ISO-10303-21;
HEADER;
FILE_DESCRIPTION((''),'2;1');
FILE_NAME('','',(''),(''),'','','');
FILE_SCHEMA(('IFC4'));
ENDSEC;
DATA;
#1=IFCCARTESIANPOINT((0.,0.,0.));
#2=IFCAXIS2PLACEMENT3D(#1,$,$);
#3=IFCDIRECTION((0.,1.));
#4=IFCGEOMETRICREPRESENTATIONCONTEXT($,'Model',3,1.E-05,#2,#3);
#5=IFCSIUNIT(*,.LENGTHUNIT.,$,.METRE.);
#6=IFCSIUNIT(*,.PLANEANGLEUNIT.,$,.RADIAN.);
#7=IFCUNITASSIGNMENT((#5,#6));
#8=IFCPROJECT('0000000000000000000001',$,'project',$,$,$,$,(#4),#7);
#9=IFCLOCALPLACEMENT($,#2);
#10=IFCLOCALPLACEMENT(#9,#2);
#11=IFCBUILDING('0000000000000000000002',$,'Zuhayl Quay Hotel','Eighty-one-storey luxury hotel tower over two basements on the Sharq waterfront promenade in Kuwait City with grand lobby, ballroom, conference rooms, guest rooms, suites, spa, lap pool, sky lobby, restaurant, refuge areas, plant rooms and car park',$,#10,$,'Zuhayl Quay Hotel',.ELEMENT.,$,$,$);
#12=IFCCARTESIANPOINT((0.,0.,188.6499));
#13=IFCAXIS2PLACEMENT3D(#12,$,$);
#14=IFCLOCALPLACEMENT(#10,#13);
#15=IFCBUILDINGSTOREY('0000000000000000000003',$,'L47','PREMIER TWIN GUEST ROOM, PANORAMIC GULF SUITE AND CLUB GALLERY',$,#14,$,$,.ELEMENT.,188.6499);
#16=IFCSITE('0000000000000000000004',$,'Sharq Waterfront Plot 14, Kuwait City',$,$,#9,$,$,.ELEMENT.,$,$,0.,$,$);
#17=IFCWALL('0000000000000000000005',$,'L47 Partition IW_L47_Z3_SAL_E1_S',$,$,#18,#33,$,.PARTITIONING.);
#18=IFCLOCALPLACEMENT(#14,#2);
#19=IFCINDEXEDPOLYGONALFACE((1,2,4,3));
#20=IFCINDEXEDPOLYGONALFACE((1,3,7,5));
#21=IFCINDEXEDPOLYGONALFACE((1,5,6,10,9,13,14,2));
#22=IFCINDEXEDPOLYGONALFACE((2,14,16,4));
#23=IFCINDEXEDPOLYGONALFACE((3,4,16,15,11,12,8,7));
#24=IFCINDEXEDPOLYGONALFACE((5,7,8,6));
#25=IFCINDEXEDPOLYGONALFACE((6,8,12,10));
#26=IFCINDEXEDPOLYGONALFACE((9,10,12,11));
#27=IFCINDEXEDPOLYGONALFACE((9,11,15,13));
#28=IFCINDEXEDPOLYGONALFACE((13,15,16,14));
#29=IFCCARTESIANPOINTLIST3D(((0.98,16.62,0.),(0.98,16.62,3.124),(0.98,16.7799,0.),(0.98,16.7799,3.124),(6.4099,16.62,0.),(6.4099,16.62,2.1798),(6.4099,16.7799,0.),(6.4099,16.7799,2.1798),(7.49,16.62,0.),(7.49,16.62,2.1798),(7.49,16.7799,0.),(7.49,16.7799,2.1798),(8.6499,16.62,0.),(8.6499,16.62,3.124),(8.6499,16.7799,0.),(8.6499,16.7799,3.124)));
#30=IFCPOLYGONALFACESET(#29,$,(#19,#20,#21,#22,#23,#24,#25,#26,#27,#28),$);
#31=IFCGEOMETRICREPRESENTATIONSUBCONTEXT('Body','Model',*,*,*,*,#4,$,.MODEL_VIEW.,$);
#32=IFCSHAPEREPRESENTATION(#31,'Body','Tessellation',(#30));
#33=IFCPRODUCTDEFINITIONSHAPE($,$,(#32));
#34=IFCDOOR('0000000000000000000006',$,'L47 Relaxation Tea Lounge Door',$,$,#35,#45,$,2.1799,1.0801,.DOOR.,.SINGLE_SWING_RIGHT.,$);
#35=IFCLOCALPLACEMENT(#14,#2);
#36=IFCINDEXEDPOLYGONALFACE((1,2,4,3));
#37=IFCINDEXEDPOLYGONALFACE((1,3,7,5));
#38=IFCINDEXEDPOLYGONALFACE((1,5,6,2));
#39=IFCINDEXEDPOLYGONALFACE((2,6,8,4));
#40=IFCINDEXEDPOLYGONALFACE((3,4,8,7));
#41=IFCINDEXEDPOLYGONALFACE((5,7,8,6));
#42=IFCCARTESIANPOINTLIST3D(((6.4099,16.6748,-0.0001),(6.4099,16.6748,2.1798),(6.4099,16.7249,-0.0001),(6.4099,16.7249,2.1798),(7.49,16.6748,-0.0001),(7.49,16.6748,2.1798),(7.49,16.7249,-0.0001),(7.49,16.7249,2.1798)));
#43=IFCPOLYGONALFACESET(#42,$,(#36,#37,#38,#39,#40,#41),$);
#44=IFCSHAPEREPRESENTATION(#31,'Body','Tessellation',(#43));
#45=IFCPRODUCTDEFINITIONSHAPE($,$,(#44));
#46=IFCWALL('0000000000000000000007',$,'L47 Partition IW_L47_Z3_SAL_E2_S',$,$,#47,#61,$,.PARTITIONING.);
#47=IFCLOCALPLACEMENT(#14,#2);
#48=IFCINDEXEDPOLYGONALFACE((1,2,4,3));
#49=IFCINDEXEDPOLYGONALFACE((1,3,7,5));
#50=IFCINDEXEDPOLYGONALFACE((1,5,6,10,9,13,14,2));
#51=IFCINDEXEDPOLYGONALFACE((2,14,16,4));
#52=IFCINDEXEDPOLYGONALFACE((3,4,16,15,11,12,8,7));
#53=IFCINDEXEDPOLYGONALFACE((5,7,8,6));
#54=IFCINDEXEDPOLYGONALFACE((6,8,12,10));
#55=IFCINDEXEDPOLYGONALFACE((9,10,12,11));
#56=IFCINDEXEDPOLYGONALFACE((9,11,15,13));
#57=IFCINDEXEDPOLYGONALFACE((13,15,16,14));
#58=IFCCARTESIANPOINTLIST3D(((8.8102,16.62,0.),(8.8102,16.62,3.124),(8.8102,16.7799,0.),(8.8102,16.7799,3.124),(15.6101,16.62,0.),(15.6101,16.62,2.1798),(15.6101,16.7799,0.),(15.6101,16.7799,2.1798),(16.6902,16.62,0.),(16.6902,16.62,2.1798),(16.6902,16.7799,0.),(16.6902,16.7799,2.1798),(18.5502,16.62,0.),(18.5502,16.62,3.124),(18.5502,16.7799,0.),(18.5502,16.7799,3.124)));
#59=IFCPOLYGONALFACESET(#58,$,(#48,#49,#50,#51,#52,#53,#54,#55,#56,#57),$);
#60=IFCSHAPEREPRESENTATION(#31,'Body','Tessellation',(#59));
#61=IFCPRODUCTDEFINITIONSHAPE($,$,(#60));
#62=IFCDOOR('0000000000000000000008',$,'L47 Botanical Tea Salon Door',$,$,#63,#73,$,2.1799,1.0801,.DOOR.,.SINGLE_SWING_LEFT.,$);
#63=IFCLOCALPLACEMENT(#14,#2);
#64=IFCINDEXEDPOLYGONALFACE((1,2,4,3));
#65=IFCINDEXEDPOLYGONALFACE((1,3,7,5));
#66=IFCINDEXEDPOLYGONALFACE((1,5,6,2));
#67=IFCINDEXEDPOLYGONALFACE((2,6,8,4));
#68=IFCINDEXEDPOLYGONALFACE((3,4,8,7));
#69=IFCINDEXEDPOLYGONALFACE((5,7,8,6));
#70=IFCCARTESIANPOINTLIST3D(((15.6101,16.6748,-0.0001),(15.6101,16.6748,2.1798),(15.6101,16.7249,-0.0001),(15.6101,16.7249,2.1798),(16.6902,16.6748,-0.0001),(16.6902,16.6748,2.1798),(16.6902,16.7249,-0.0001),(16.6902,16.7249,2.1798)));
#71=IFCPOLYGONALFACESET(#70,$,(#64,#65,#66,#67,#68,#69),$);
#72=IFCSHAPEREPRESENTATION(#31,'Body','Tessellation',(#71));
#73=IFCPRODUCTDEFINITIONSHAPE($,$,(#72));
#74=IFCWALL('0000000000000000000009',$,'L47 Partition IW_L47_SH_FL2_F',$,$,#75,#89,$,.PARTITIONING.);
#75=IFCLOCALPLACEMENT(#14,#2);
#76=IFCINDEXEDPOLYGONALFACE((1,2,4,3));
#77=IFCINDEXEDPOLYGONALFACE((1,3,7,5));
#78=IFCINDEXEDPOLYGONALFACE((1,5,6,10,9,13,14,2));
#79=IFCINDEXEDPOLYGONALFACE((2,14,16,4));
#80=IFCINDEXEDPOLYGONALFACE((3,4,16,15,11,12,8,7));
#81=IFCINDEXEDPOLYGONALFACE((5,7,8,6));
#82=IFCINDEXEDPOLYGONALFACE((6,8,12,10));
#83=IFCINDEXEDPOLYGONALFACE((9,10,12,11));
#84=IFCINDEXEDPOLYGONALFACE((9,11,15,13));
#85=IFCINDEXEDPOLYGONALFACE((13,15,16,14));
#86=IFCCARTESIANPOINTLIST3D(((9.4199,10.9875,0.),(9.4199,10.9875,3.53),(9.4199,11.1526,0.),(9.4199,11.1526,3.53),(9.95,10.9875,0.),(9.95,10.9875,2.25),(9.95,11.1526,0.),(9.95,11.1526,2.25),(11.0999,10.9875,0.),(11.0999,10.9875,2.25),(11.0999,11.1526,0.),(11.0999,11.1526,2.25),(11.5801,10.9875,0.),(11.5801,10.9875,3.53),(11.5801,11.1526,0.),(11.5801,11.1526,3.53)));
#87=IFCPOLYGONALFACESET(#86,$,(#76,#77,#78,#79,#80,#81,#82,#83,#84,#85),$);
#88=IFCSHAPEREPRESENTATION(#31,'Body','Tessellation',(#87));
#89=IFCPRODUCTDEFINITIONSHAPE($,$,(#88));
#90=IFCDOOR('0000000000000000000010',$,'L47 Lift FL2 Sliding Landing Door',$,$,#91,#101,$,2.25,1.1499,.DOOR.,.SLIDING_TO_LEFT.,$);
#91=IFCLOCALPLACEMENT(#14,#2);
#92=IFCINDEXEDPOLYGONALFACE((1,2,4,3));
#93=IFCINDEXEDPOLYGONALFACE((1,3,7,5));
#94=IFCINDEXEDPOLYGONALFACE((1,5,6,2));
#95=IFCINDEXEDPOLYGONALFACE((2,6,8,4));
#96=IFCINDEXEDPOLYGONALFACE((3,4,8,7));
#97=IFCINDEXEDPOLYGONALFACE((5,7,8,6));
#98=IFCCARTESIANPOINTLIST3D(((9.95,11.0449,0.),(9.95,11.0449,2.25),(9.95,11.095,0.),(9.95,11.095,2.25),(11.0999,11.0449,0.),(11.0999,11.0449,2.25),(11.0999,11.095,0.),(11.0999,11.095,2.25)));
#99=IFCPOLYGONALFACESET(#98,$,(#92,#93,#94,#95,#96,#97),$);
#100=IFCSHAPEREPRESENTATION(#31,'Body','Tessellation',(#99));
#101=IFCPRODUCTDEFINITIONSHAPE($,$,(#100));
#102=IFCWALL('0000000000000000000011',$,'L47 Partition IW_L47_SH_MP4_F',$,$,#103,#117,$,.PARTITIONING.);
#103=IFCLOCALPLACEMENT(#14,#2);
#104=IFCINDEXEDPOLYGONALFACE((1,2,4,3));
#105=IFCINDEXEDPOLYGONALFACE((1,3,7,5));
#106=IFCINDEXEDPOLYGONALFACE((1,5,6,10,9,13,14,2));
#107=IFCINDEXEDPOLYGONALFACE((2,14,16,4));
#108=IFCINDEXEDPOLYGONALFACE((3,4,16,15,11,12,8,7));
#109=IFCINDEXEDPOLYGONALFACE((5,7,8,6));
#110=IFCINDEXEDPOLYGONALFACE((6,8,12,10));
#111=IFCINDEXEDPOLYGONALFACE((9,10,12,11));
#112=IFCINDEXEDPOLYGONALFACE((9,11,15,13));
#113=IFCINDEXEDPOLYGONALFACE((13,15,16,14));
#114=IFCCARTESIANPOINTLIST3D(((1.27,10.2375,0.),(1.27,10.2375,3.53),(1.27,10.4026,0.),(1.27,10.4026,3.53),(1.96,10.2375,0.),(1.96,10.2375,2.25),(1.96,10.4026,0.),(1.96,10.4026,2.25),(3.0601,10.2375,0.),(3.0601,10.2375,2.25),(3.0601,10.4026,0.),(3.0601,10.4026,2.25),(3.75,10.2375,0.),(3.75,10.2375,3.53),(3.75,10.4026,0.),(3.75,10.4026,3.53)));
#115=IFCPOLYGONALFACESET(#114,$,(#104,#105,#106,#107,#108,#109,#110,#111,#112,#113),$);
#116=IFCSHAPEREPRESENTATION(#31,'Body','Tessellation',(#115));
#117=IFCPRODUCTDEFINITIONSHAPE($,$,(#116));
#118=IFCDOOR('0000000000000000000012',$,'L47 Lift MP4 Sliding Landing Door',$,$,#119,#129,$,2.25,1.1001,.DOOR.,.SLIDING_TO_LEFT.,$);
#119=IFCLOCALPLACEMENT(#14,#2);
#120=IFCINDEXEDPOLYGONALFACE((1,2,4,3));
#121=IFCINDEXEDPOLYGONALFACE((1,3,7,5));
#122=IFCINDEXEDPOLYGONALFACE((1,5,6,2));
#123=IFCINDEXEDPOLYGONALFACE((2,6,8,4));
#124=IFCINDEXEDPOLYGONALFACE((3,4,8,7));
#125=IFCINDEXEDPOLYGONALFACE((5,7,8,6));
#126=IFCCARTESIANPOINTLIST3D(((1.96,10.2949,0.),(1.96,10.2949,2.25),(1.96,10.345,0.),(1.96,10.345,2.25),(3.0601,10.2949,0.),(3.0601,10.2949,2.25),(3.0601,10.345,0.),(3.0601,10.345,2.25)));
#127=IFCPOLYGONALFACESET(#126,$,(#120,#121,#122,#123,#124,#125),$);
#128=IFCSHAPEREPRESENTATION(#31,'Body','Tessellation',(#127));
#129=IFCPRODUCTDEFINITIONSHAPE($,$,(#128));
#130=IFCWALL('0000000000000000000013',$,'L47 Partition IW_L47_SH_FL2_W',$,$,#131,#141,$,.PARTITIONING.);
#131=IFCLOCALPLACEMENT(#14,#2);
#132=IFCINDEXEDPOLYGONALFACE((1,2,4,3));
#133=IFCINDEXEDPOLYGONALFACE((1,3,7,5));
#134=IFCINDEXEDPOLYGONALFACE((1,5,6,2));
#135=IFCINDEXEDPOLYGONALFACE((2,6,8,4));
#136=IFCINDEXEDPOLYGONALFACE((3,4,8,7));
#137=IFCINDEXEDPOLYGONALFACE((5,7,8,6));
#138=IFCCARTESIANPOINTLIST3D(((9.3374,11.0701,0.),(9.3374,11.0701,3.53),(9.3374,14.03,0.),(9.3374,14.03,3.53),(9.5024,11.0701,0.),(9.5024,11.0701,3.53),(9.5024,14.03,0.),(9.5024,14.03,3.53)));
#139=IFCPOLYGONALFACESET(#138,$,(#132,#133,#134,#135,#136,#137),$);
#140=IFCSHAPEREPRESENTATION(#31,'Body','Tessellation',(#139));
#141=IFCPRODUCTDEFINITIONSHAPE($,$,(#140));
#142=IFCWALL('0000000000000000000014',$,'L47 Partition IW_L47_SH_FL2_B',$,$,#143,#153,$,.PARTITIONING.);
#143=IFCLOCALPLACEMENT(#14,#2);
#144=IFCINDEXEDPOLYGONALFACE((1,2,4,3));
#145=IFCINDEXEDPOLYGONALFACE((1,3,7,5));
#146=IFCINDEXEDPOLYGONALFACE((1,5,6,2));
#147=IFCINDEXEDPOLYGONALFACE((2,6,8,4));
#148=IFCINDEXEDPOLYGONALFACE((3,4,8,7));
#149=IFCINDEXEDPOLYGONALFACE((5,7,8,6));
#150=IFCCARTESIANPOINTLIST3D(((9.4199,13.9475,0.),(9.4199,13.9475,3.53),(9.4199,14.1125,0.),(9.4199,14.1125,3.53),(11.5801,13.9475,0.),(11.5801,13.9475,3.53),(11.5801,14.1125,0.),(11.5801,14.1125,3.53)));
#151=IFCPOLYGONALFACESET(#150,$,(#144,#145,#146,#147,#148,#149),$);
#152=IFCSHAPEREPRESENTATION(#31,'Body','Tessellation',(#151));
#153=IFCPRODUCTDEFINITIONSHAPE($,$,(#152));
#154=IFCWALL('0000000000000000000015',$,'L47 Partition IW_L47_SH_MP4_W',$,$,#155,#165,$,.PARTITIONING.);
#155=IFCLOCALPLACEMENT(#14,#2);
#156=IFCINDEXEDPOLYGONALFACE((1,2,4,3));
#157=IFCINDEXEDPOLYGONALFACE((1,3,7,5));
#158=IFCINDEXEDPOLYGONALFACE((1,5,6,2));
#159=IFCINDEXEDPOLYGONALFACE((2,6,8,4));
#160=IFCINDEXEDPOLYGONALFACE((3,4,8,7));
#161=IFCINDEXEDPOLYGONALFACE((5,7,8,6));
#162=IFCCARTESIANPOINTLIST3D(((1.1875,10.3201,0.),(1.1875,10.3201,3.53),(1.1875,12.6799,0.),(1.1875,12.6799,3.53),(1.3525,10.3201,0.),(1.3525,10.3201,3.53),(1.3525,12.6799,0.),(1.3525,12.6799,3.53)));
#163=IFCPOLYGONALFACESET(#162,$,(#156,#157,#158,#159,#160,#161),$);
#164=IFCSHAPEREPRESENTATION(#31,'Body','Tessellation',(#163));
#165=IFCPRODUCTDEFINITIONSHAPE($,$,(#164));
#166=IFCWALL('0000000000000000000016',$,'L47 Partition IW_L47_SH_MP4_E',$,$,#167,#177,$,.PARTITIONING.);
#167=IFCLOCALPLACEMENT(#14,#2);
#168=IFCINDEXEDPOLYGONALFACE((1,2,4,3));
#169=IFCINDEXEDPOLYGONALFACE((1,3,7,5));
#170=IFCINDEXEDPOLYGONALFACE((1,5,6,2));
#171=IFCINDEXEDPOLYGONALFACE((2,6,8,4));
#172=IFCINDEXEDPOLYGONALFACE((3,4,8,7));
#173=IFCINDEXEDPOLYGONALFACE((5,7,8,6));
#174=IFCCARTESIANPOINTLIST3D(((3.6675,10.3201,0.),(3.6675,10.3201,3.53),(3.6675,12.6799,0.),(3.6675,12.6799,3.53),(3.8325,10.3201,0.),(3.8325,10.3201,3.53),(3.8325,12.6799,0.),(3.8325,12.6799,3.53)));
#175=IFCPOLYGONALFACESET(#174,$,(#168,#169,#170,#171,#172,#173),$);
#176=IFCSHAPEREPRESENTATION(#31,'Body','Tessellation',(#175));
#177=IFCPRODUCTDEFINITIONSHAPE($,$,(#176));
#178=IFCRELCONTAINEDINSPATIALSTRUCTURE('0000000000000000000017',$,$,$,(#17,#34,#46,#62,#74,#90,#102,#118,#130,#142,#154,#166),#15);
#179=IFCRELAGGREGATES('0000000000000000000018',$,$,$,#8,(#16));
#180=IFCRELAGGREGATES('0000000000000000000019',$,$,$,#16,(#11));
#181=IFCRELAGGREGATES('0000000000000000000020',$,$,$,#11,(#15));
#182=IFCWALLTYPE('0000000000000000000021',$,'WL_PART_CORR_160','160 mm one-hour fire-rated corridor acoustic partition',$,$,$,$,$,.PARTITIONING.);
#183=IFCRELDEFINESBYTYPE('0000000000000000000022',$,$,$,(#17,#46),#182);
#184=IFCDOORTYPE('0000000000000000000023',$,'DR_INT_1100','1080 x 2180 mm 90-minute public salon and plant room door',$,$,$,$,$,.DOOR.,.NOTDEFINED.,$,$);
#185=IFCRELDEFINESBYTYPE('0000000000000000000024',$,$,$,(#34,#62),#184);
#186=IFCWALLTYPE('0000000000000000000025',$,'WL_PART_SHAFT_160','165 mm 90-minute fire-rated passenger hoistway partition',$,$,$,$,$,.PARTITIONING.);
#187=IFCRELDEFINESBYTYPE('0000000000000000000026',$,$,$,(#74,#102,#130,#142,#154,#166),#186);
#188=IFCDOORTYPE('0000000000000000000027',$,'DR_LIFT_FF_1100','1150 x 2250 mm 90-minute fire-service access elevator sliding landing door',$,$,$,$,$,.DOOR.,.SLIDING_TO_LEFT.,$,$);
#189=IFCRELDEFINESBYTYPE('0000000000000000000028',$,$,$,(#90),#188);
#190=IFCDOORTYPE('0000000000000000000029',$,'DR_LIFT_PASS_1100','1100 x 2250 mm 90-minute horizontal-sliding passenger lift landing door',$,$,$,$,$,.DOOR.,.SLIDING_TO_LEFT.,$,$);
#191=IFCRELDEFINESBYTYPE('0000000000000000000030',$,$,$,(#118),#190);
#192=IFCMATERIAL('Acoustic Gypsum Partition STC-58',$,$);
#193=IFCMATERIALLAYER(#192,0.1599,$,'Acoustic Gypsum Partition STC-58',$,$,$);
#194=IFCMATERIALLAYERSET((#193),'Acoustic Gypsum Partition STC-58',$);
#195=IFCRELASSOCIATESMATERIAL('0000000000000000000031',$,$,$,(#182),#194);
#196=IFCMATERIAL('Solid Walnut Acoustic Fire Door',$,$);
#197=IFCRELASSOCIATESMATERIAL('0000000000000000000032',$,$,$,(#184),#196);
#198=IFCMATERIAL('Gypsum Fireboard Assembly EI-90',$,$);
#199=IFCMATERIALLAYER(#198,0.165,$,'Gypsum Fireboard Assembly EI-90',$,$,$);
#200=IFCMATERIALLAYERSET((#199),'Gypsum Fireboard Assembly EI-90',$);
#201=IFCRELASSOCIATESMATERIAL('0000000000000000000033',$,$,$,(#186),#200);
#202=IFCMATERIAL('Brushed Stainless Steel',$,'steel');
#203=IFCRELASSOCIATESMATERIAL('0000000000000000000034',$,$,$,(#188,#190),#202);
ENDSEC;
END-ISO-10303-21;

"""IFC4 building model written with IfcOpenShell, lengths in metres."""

from ifc_helpers import new_model, si_unit, direction, frame, frame_2d, origin, place, context, subcontext, project, spatial, rectangle, extrude, material, layer, layer_set, type_object, element, fill, save


model = new_model("IFC4")

# Units and contexts
model_context = context("Model", 3, precision=1e-05, world=origin(), true_north=direction((0.0, 1.0)))
body_context = subcontext(model_context, "Body", "Model", "MODEL_VIEW")
ifc_project = project(units=[si_unit("LENGTHUNIT", "METRE"), si_unit("PLANEANGLEUNIT", "RADIAN")], contexts=[model_context])

# Site, building, storey
site_placement = place(None, origin())
site = spatial("IfcSite", under=ifc_project, at=site_placement, Name="Sharq Waterfront Plot 14, Kuwait City", CompositionType="ELEMENT", RefElevation=0.0)
building_placement = place(site_placement, origin())
building = spatial("IfcBuilding", under=site, at=building_placement, Name="Zuhayl Quay Hotel", Description="Eighty-one-storey luxury hotel tower over two basements on the Sharq waterfront promenade in Kuwait City with grand lobby, ballroom, conference rooms, guest rooms, suites, spa, lap pool, sky lobby, restaurant, refuge areas, plant rooms and car park", LongName="Zuhayl Quay Hotel", CompositionType="ELEMENT")
storey_placement = place(building_placement, frame((0.0, 0.0, 188.6499)))
storey = spatial("IfcBuildingStorey", under=building, at=storey_placement, Name="L47", Description="PREMIER TWIN GUEST ROOM, PANORAMIC GULF SUITE AND CLUB GALLERY", CompositionType="ELEMENT", Elevation=188.6499)

# Shared definitions
ifc_material_1 = material(Name="Acoustic Gypsum Partition STC-58")

# Walls, openings, doors
ifc_layer_1 = layer(ifc_material_1, 0.1599, Name="Acoustic Gypsum Partition STC-58")
ifc_layer_set_1 = layer_set([ifc_layer_1], Name="Acoustic Gypsum Partition STC-58")
wall_type_1 = type_object("IfcWallType", Name="WL_PART_CORR_160", Description="160 mm one-hour fire-rated corridor acoustic partition", PredefinedType="PARTITIONING", material=ifc_layer_set_1)
wall_1_placement = place(storey_placement, frame((0.98, 16.7, 0.0), z_axis=(0.0, 0.0, 1.0), x_axis=(1.0, 0.0, 0.0)))
wall_1 = element("IfcWall", 1, at=wall_1_placement, inside=storey, type_object=wall_type_1, Name="L47 Partition IW_L47_Z3_SAL_E1_S", PredefinedType="PARTITIONING", context=body_context, shape_type="SweptSolid", body=[
    extrude(rectangle(XDim=7.6699, YDim=0.1599, at=frame_2d((3.835, 0.0))), origin(), (0.0, 0.0, 1.0), 3.124),
])
opening_1_placement = place(wall_1_placement, frame((5.4299, 0.0, 0.0)))
opening_1 = element("IfcOpeningElement", 2, at=opening_1_placement, cuts=wall_1, PredefinedType="OPENING", context=body_context, shape_type="SweptSolid", body=[
    extrude(rectangle(XDim=1.0801, YDim=2.1799, at=frame_2d((0.54, 1.0898))), frame((0.0, 0.0898, 0.0), z_axis=(0.0, -1.0, 0.0), x_axis=(1.0, 0.0, 0.0)), (0.0, 0.0, 1.0), 0.1799),
])
ifc_material_2 = material(Name="Solid Walnut Acoustic Fire Door")
door_type_1 = type_object("IfcDoorType", Name="DR_INT_1100", Description="1080 x 2180 mm 90-minute public salon and plant room door", OperationType="NOTDEFINED", PredefinedType="DOOR", material=ifc_material_2)
door_1_placement = place(opening_1_placement, origin())
door_1 = element("IfcDoor", 3, at=door_1_placement, inside=storey, type_object=door_type_1, Name="L47 Relaxation Tea Lounge Door", OperationType="SINGLE_SWING_RIGHT", OverallHeight=2.1799, OverallWidth=1.0801, PredefinedType="DOOR", context=body_context, shape_type="SweptSolid", body=[
    extrude(rectangle(XDim=1.0801, YDim=2.1799, at=frame_2d((0.54, 1.0898))), frame((0.0, 0.0249, 0.0), z_axis=(0.0, -1.0, 0.0), x_axis=(1.0, 0.0, 0.0)), (0.0, 0.0, 1.0), 0.05),
])
fill(opening_1, door_1)
wall_2_placement = place(storey_placement, frame((8.8101, 16.7, 0.0), z_axis=(0.0, 0.0, 1.0), x_axis=(1.0, 0.0, 0.0)))
wall_2 = element("IfcWall", 4, at=wall_2_placement, inside=storey, type_object=wall_type_1, Name="L47 Partition IW_L47_Z3_SAL_E2_S", PredefinedType="PARTITIONING", context=body_context, shape_type="SweptSolid", body=[
    extrude(rectangle(XDim=9.74, YDim=0.1599, at=frame_2d((4.8701, 0.0))), origin(), (0.0, 0.0, 1.0), 3.124),
])
opening_2_placement = place(wall_2_placement, frame((6.8, 0.0, 0.0)))
opening_2 = element("IfcOpeningElement", 5, at=opening_2_placement, cuts=wall_2, PredefinedType="OPENING", context=body_context, shape_type="SweptSolid", body=[
    extrude(rectangle(XDim=1.0801, YDim=2.1799, at=frame_2d((0.54, 1.0898))), frame((0.0, 0.0898, 0.0), z_axis=(0.0, -1.0, 0.0), x_axis=(1.0, 0.0, 0.0)), (0.0, 0.0, 1.0), 0.1799),
])
door_2_placement = place(opening_2_placement, origin())
door_2 = element("IfcDoor", 6, at=door_2_placement, inside=storey, type_object=door_type_1, Name="L47 Botanical Tea Salon Door", OperationType="SINGLE_SWING_LEFT", OverallHeight=2.1799, OverallWidth=1.0801, PredefinedType="DOOR", context=body_context, shape_type="SweptSolid", body=[
    extrude(rectangle(XDim=1.0801, YDim=2.1799, at=frame_2d((0.54, 1.0898))), frame((0.0, 0.0249, 0.0), z_axis=(0.0, -1.0, 0.0), x_axis=(1.0, 0.0, 0.0)), (0.0, 0.0, 1.0), 0.05),
])
fill(opening_2, door_2)
ifc_material_3 = material(Name="Gypsum Fireboard Assembly EI-90")
ifc_layer_2 = layer(ifc_material_3, 0.165, Name="Gypsum Fireboard Assembly EI-90")
ifc_layer_set_2 = layer_set([ifc_layer_2], Name="Gypsum Fireboard Assembly EI-90")
wall_type_2 = type_object("IfcWallType", Name="WL_PART_SHAFT_160", Description="165 mm 90-minute fire-rated passenger hoistway partition", PredefinedType="PARTITIONING", material=ifc_layer_set_2)
wall_3_placement = place(storey_placement, frame((9.4199, 11.0701, 0.0), z_axis=(0.0, 0.0, 1.0), x_axis=(1.0, 0.0, 0.0)))
wall_3 = element("IfcWall", 7, at=wall_3_placement, inside=storey, type_object=wall_type_2, Name="L47 Partition IW_L47_SH_FL2_F", PredefinedType="PARTITIONING", context=body_context, shape_type="SweptSolid", body=[
    extrude(rectangle(XDim=2.1602, YDim=0.165, at=frame_2d((1.0801, 0.0))), origin(), (0.0, 0.0, 1.0), 3.53),
])
opening_3_placement = place(wall_3_placement, frame((0.53, 0.0, 0.0)))
opening_3 = element("IfcOpeningElement", 8, at=opening_3_placement, cuts=wall_3, PredefinedType="OPENING", context=body_context, shape_type="SweptSolid", body=[
    extrude(rectangle(XDim=1.1499, YDim=2.25, at=frame_2d((0.575, 1.125))), frame((0.0, 0.0925, 0.0), z_axis=(0.0, -1.0, 0.0), x_axis=(1.0, 0.0, 0.0)), (0.0, 0.0, 1.0), 0.1851),
])
ifc_material_4 = material(Name="Brushed Stainless Steel", Category="steel")
door_type_2 = type_object("IfcDoorType", Name="DR_LIFT_FF_1100", Description="1150 x 2250 mm 90-minute fire-service access elevator sliding landing door", OperationType="SLIDING_TO_LEFT", PredefinedType="DOOR", material=ifc_material_4)
door_3_placement = place(opening_3_placement, origin())
door_3 = element("IfcDoor", 9, at=door_3_placement, inside=storey, type_object=door_type_2, Name="L47 Lift FL2 Sliding Landing Door", OperationType="SLIDING_TO_LEFT", OverallHeight=2.25, OverallWidth=1.1499, PredefinedType="DOOR", context=body_context, shape_type="SweptSolid", body=[
    extrude(rectangle(XDim=1.1499, YDim=2.25, at=frame_2d((0.575, 1.125))), frame((0.0, 0.0249, 0.0), z_axis=(0.0, -1.0, 0.0), x_axis=(1.0, 0.0, 0.0)), (0.0, 0.0, 1.0), 0.05),
])
fill(opening_3, door_3)
wall_4_placement = place(storey_placement, frame((1.27, 10.3201, 0.0), z_axis=(0.0, 0.0, 1.0), x_axis=(1.0, 0.0, 0.0)))
wall_4 = element("IfcWall", 10, at=wall_4_placement, inside=storey, type_object=wall_type_2, Name="L47 Partition IW_L47_SH_MP4_F", PredefinedType="PARTITIONING", context=body_context, shape_type="SweptSolid", body=[
    extrude(rectangle(XDim=2.48, YDim=0.165, at=frame_2d((1.24, 0.0))), origin(), (0.0, 0.0, 1.0), 3.53),
])
opening_4_placement = place(wall_4_placement, frame((0.6899, 0.0, 0.0)))
opening_4 = element("IfcOpeningElement", 11, at=opening_4_placement, cuts=wall_4, PredefinedType="OPENING", context=body_context, shape_type="SweptSolid", body=[
    extrude(rectangle(XDim=1.1001, YDim=2.25, at=frame_2d((0.55, 1.125))), frame((0.0, 0.0925, 0.0), z_axis=(0.0, -1.0, 0.0), x_axis=(1.0, 0.0, 0.0)), (0.0, 0.0, 1.0), 0.1851),
])
door_type_3 = type_object("IfcDoorType", Name="DR_LIFT_PASS_1100", Description="1100 x 2250 mm 90-minute horizontal-sliding passenger lift landing door", OperationType="SLIDING_TO_LEFT", PredefinedType="DOOR", material=ifc_material_4)
door_4_placement = place(opening_4_placement, origin())
door_4 = element("IfcDoor", 12, at=door_4_placement, inside=storey, type_object=door_type_3, Name="L47 Lift MP4 Sliding Landing Door", OperationType="SLIDING_TO_LEFT", OverallHeight=2.25, OverallWidth=1.1001, PredefinedType="DOOR", context=body_context, shape_type="SweptSolid", body=[
    extrude(rectangle(XDim=1.1001, YDim=2.25, at=frame_2d((0.55, 1.125))), frame((0.0, 0.0249, 0.0), z_axis=(0.0, -1.0, 0.0), x_axis=(1.0, 0.0, 0.0)), (0.0, 0.0, 1.0), 0.05),
])
fill(opening_4, door_4)

# Walls
wall_5_placement = place(storey_placement, frame((9.4199, 11.0701, 0.0), z_axis=(0.0, 0.0, 1.0), x_axis=(0.0, 1.0, 0.0)))
element("IfcWall", 13, at=wall_5_placement, inside=storey, type_object=wall_type_2, Name="L47 Partition IW_L47_SH_FL2_W", PredefinedType="PARTITIONING", context=body_context, shape_type="SweptSolid", body=[
    extrude(rectangle(XDim=2.96, YDim=0.165, at=frame_2d((1.48, 0.0))), origin(), (0.0, 0.0, 1.0), 3.53),
])
wall_6_placement = place(storey_placement, frame((9.4199, 14.03, 0.0), z_axis=(0.0, 0.0, 1.0), x_axis=(1.0, 0.0, 0.0)))
element("IfcWall", 14, at=wall_6_placement, inside=storey, type_object=wall_type_2, Name="L47 Partition IW_L47_SH_FL2_B", PredefinedType="PARTITIONING", context=body_context, shape_type="SweptSolid", body=[
    extrude(rectangle(XDim=2.1602, YDim=0.165, at=frame_2d((1.0801, 0.0))), origin(), (0.0, 0.0, 1.0), 3.53),
])
for number, where, z_axis, x_axis, name in (
    (15, (1.27, 10.3201, 0.0), (0.0, 0.0, 1.0), (0.0, 1.0, 0.0), "L47 Partition IW_L47_SH_MP4_W"),
    (16, (3.75, 10.3201, 0.0), (0.0, 0.0, 1.0), (0.0, 1.0, 0.0), "L47 Partition IW_L47_SH_MP4_E"),
):
    element("IfcWall", number, at=place(storey_placement, frame(where, z_axis=z_axis, x_axis=x_axis)), inside=storey, type_object=wall_type_2, Name=name, PredefinedType="PARTITIONING", context=body_context, shape_type="SweptSolid", body=[
        extrude(rectangle(XDim=2.3599, YDim=0.165, at=frame_2d((1.1799, 0.0))), origin(), (0.0, 0.0, 1.0), 3.53),
    ])

save(model, "model.ifc")
